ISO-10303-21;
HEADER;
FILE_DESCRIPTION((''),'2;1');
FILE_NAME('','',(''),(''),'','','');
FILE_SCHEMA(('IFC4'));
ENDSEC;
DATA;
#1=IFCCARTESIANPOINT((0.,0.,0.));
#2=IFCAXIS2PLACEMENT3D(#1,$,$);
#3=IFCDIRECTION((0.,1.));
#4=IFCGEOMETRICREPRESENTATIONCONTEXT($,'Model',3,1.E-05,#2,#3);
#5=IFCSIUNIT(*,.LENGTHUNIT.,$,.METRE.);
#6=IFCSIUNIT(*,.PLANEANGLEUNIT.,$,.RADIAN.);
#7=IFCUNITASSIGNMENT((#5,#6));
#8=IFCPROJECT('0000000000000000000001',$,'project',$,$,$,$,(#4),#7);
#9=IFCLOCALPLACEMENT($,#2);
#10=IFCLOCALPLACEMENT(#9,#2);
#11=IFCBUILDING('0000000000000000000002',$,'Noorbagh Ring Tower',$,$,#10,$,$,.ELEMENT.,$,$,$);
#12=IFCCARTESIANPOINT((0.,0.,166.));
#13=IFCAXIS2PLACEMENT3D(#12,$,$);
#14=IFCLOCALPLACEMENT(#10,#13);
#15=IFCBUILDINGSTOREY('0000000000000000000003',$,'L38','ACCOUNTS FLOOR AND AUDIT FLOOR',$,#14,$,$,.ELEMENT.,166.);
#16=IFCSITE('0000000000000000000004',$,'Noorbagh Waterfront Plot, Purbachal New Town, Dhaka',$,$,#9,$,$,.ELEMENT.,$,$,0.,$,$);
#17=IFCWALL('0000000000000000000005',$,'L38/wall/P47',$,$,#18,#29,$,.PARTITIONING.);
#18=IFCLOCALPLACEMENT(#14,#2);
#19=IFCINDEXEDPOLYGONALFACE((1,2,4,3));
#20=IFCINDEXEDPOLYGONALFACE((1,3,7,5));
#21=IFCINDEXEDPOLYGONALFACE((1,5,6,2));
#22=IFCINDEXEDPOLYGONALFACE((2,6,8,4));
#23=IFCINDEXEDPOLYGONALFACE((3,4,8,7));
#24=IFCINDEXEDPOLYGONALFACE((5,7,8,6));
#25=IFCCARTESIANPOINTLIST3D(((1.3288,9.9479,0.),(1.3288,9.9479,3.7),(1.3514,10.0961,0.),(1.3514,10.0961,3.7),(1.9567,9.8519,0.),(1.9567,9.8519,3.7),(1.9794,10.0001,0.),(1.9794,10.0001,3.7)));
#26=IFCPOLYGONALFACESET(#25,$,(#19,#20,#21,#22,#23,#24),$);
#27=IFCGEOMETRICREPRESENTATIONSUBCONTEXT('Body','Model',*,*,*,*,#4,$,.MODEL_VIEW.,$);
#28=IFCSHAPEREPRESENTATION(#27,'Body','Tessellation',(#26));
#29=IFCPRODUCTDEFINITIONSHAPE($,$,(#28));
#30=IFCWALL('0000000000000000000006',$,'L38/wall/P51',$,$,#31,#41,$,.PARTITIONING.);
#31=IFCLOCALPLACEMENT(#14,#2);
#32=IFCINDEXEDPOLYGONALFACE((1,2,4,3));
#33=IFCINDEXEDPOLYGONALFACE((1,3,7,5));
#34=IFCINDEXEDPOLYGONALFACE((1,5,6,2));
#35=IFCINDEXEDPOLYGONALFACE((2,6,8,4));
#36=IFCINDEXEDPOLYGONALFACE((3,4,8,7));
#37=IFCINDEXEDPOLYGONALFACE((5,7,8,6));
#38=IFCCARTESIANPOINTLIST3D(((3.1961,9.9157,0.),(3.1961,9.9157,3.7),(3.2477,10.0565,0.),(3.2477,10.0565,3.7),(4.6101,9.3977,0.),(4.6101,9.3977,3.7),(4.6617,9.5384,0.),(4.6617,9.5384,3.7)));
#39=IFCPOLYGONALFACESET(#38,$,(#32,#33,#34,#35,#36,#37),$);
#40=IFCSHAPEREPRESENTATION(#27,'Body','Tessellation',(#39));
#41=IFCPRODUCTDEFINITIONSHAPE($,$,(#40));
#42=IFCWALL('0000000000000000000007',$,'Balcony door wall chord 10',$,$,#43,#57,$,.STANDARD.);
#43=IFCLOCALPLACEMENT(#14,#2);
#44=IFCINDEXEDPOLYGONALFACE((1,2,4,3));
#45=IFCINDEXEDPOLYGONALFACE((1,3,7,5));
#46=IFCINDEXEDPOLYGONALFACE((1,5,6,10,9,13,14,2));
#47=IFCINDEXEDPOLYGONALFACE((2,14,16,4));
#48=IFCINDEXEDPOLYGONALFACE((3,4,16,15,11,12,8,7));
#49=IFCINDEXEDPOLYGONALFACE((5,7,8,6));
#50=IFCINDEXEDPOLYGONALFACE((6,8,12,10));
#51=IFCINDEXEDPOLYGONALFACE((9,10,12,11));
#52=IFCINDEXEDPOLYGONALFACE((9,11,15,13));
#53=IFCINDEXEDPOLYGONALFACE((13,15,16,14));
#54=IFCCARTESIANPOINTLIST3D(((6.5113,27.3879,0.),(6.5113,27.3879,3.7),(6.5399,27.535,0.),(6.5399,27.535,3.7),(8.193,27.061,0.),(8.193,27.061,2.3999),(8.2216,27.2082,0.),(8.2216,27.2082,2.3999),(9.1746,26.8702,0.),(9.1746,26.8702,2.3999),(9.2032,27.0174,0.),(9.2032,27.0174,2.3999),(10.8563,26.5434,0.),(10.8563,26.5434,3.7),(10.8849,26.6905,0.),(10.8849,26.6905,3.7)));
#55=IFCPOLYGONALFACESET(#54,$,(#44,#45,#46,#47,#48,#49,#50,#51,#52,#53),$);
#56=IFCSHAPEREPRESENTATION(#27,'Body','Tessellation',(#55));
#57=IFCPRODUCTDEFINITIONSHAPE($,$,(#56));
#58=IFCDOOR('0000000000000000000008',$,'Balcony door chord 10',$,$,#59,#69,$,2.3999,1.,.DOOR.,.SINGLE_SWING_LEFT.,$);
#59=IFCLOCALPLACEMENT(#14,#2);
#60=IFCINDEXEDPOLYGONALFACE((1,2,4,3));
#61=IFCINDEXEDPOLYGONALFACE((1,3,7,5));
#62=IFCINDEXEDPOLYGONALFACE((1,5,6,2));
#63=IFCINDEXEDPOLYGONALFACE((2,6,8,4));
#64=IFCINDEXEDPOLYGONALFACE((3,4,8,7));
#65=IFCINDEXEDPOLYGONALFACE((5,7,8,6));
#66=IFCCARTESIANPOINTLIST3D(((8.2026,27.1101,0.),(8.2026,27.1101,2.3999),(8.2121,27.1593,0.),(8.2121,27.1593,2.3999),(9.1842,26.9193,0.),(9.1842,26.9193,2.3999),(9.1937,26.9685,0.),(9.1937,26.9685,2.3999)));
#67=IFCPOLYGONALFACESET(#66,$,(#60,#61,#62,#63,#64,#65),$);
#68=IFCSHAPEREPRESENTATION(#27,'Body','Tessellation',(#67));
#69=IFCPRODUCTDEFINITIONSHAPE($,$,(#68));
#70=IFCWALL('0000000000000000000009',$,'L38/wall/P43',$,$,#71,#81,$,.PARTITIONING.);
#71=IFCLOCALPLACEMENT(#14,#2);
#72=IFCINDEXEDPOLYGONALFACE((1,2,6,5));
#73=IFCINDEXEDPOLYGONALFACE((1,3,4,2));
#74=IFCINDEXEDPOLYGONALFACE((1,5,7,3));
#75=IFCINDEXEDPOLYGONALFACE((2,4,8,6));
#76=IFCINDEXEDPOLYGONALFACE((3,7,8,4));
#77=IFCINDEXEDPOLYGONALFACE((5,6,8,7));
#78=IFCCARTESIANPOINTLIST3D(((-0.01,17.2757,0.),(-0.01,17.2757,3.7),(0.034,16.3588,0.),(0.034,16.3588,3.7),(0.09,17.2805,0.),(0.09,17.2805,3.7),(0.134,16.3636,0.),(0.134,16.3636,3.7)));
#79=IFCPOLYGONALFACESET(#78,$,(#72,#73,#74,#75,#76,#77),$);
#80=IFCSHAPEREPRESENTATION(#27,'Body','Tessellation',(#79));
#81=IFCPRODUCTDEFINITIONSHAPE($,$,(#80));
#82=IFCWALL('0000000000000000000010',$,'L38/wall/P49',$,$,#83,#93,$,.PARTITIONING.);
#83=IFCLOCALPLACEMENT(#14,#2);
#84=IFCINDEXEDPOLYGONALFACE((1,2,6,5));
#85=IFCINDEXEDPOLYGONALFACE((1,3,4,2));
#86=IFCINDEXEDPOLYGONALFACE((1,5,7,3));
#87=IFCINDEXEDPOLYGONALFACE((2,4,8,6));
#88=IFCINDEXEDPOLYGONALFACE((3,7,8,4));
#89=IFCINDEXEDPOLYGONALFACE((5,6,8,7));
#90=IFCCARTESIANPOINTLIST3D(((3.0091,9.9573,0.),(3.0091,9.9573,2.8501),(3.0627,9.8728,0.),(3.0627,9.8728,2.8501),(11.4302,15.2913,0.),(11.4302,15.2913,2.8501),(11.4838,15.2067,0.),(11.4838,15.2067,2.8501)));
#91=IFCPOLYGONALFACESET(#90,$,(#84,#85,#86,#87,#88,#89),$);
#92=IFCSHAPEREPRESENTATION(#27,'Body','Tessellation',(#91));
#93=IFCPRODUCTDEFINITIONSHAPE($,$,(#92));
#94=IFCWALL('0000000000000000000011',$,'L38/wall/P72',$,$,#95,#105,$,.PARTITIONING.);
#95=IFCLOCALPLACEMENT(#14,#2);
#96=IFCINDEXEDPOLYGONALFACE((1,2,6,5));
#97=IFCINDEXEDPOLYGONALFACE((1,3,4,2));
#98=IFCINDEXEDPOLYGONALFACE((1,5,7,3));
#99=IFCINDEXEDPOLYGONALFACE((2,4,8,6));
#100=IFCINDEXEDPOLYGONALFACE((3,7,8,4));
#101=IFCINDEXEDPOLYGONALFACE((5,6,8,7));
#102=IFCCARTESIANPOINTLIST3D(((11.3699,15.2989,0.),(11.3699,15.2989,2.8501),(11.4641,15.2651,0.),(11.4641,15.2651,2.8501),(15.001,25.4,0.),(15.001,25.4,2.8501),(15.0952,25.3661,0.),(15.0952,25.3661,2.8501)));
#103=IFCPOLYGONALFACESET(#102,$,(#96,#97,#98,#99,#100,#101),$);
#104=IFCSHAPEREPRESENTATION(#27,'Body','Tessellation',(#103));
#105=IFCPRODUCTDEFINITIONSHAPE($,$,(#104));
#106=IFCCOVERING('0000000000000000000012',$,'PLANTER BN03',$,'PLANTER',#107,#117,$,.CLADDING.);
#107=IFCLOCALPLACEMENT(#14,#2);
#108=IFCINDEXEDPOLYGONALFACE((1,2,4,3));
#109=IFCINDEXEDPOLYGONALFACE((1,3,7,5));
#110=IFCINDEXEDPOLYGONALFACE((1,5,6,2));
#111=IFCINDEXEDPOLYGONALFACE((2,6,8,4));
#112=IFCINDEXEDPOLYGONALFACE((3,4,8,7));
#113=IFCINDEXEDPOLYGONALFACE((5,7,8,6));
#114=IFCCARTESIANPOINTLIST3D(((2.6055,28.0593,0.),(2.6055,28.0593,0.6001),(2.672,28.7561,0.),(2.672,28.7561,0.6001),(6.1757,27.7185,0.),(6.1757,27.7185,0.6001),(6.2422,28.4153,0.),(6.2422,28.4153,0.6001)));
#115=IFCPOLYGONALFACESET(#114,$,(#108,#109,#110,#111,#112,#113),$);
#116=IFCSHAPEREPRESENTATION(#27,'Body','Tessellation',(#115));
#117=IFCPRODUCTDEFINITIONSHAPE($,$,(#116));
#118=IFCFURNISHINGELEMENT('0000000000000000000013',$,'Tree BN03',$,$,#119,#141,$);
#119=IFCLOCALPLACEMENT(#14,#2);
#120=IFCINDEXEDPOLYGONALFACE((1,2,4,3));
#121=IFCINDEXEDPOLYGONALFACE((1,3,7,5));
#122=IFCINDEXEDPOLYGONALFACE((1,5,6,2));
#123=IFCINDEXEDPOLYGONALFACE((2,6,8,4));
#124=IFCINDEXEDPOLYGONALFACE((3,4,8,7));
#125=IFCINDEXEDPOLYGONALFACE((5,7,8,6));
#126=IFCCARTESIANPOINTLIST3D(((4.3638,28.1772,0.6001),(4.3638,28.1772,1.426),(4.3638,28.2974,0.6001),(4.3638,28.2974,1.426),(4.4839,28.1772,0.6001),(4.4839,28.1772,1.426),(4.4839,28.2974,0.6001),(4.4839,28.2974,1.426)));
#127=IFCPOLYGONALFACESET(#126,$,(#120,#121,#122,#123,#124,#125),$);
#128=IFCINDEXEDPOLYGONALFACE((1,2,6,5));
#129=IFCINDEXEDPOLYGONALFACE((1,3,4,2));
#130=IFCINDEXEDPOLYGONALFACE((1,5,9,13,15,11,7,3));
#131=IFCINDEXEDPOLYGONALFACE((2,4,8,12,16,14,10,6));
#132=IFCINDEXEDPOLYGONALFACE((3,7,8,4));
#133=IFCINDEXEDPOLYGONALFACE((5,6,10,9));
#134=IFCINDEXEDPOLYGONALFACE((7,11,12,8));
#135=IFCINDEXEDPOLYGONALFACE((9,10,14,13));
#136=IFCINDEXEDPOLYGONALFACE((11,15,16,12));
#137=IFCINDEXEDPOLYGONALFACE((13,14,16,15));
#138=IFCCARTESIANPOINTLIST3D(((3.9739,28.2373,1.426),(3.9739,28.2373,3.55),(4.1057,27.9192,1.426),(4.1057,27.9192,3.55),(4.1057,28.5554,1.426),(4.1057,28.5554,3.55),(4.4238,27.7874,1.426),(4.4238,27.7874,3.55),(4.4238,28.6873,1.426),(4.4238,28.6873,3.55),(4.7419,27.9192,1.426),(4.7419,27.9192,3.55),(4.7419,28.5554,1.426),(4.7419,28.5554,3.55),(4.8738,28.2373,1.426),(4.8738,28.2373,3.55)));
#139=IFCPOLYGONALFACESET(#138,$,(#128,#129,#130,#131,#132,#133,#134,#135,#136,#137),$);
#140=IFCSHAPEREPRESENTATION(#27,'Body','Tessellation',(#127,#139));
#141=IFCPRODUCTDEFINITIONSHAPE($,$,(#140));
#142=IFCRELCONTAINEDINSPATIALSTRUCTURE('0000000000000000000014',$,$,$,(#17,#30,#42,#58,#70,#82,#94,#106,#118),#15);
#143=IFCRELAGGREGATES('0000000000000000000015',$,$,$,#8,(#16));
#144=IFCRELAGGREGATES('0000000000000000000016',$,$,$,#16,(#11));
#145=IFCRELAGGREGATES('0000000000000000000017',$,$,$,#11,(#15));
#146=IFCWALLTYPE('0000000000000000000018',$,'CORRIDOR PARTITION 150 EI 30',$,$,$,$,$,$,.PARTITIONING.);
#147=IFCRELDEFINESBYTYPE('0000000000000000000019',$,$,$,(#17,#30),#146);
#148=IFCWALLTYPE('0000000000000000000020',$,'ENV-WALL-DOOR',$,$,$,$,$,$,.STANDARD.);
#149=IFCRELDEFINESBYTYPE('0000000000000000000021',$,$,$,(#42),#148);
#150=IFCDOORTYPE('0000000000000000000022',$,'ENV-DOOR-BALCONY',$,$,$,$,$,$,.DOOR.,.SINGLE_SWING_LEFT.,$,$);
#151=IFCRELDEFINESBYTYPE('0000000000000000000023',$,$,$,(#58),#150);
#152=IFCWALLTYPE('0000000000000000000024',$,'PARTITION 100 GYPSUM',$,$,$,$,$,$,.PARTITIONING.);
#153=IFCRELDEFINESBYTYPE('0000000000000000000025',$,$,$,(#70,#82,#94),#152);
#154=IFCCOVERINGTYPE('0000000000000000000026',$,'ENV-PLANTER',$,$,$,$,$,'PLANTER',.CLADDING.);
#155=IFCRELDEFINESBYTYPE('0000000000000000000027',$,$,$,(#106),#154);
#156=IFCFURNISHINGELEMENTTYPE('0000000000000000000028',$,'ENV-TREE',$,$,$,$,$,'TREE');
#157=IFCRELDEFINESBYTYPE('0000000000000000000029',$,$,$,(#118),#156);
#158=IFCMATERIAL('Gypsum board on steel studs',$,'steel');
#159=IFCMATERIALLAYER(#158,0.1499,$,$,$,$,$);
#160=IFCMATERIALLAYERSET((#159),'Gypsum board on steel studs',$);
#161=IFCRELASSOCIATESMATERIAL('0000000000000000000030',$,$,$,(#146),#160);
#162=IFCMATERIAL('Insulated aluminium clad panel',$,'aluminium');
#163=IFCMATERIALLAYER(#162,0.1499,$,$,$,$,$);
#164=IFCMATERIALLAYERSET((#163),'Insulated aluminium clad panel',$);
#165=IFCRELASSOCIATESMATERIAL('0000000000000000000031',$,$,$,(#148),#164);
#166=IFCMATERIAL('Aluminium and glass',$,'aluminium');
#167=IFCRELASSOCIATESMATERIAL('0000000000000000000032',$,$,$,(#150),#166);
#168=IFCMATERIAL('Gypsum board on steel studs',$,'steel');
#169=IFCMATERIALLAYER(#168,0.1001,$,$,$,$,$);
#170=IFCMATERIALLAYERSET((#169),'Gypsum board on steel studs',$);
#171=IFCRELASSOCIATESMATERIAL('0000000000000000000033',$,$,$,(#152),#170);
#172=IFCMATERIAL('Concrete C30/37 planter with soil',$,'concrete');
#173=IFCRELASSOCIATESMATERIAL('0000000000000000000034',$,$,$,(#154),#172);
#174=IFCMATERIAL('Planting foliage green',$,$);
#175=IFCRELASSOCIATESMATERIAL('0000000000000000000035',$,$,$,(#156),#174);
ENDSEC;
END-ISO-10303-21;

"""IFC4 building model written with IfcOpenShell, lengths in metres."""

from ifc_helpers import new_model, si_unit, direction, frame, frame_2d, origin, origin_2d, place, context, subcontext, project, spatial, polyline, rectangle, outline, extrude, material, layer, layer_set, type_object, element, fill, save


model = new_model("IFC4")

# Units and contexts
model_context = context("Model", 3, precision=1e-05, world=origin(), true_north=direction((0.0, 1.0)))
body_context = subcontext(model_context, "Body", "Model", "MODEL_VIEW")
ifc_project = project(units=[si_unit("LENGTHUNIT", "METRE"), si_unit("PLANEANGLEUNIT", "RADIAN")], contexts=[model_context])

# Site, building, storey
site_placement = place(None, origin())
site = spatial("IfcSite", under=ifc_project, at=site_placement, Name="Noorbagh Waterfront Plot, Purbachal New Town, Dhaka", CompositionType="ELEMENT", RefElevation=0.0)
building_placement = place(site_placement, origin())
building = spatial("IfcBuilding", under=site, at=building_placement, Name="Noorbagh Ring Tower", CompositionType="ELEMENT")
storey_placement = place(building_placement, frame((0.0, 0.0, 166.0)))
storey = spatial("IfcBuildingStorey", under=building, at=storey_placement, Name="L38", Description="ACCOUNTS FLOOR AND AUDIT FLOOR", CompositionType="ELEMENT", Elevation=166.0)

# Walls
ifc_material_1 = material(Name="Gypsum board on steel studs", Category="steel")
ifc_layer_1 = layer(ifc_material_1, 0.1499)
ifc_layer_set_1 = layer_set([ifc_layer_1], Name="Gypsum board on steel studs")
wall_type_1 = type_object("IfcWallType", Name="CORRIDOR PARTITION 150 EI 30", PredefinedType="PARTITIONING", material=ifc_layer_set_1)
wall_1_placement = place(storey_placement, frame((1.3401, 10.022, 0.0), z_axis=(0.0, 0.0, 1.0), x_axis=(0.988527, -0.151046, 0.0)))
element("IfcWall", 1, at=wall_1_placement, inside=storey, type_object=wall_type_1, Name="L38/wall/P47", PredefinedType="PARTITIONING", context=body_context, shape_type="SweptSolid", body=[
    extrude(rectangle(XDim=0.6353, YDim=0.1499, at=frame_2d((0.3176, 0.0))), origin(), (0.0, 0.0, 1.0), 3.7),
])
wall_2_placement = place(storey_placement, frame((3.2219, 9.9861, 0.0), z_axis=(0.0, 0.0, 1.0), x_axis=(0.938967, -0.344007, 0.0)))
element("IfcWall", 2, at=wall_2_placement, inside=storey, type_object=wall_type_1, Name="L38/wall/P51", PredefinedType="PARTITIONING", context=body_context, shape_type="SweptSolid", body=[
    extrude(rectangle(XDim=1.5059, YDim=0.1499, at=frame_2d((0.7529, 0.0))), origin(), (0.0, 0.0, 1.0), 3.7),
])

# Wall, opening, door
ifc_material_2 = material(Name="Insulated aluminium clad panel", Category="aluminium")
ifc_layer_2 = layer(ifc_material_2, 0.1499)
ifc_layer_set_2 = layer_set([ifc_layer_2], Name="Insulated aluminium clad panel")
wall_type_2 = type_object("IfcWallType", Name="ENV-WALL-DOOR", PredefinedType="STANDARD", material=ifc_layer_set_2)
wall_3_placement = place(storey_placement, frame((10.8706, 26.6169, 0.0), z_axis=(0.0, 0.0, 1.0), x_axis=(-0.981631, 0.190788, 0.0)))
wall_3 = element("IfcWall", 3, at=wall_3_placement, inside=storey, type_object=wall_type_2, Name="Balcony door wall chord 10", PredefinedType="STANDARD", context=body_context, shape_type="SweptSolid", body=[
    extrude(rectangle(XDim=4.4263, YDim=0.1499, at=frame_2d((2.2131, 0.0))), origin(), (0.0, 0.0, 1.0), 3.7),
])
opening_placement = place(wall_3_placement, frame((1.7131, 0.0, 0.0)))
opening = element("IfcOpeningElement", 4, at=opening_placement, cuts=wall_3, PredefinedType="OPENING", context=body_context, shape_type="SweptSolid", body=[
    extrude(rectangle(XDim=1.0, YDim=2.3999, at=frame_2d((0.5, 1.2))), frame((0.0, 0.085, 0.0), z_axis=(0.0, -1.0, 0.0), x_axis=(1.0, 0.0, 0.0)), (0.0, 0.0, 1.0), 0.1699),
])
ifc_material_3 = material(Name="Aluminium and glass", Category="aluminium")
door_type = type_object("IfcDoorType", Name="ENV-DOOR-BALCONY", OperationType="SINGLE_SWING_LEFT", PredefinedType="DOOR", material=ifc_material_3)
door_placement = place(opening_placement, origin())
door = element("IfcDoor", 5, at=door_placement, inside=storey, type_object=door_type, Name="Balcony door chord 10", OperationType="SINGLE_SWING_LEFT", OverallHeight=2.3999, OverallWidth=1.0, PredefinedType="DOOR", context=body_context, shape_type="SweptSolid", body=[
    extrude(rectangle(XDim=1.0, YDim=2.3999, at=frame_2d((0.5, 1.2))), frame((0.0, 0.0249, 0.0), z_axis=(0.0, -1.0, 0.0), x_axis=(1.0, 0.0, 0.0)), (0.0, 0.0, 1.0), 0.05),
])
fill(opening, door)

# Walls
ifc_material_4 = material(Name="Gypsum board on steel studs", Category="steel")
ifc_layer_3 = layer(ifc_material_4, 0.1001)
ifc_layer_set_3 = layer_set([ifc_layer_3], Name="Gypsum board on steel studs")
wall_type_3 = type_object("IfcWallType", Name="PARTITION 100 GYPSUM", PredefinedType="PARTITIONING", material=ifc_layer_set_3)
wall_4_placement = place(storey_placement, frame((0.04, 17.2781, 0.0), z_axis=(0.0, 0.0, 1.0), x_axis=(0.047868, -0.998854, 0.0)))
element("IfcWall", 6, at=wall_4_placement, inside=storey, type_object=wall_type_3, Name="L38/wall/P43", PredefinedType="PARTITIONING", context=body_context, shape_type="SweptSolid", body=[
    extrude(rectangle(XDim=0.918, YDim=0.1001, at=frame_2d((0.459, 0.0))), origin(), (0.0, 0.0, 1.0), 3.7),
])
wall_5_placement = place(storey_placement, frame((3.0359, 9.915, 0.0), z_axis=(0.0, 0.0, 1.0), x_axis=(0.844792, 0.535095, 0.0)))
element("IfcWall", 7, at=wall_5_placement, inside=storey, type_object=wall_type_3, Name="L38/wall/P49", PredefinedType="PARTITIONING", context=body_context, shape_type="SweptSolid", body=[
    extrude(rectangle(XDim=9.9683, YDim=0.1001, at=frame_2d((4.9841, 0.0))), origin(), (0.0, 0.0, 1.0), 2.8501),
])
wall_6_placement = place(storey_placement, frame((11.417, 15.282, 0.0), z_axis=(0.0, 0.0, 1.0), x_axis=(0.338284, 0.941044, 0.0)))
element("IfcWall", 8, at=wall_6_placement, inside=storey, type_object=wall_type_3, Name="L38/wall/P72", PredefinedType="PARTITIONING", context=body_context, shape_type="SweptSolid", body=[
    extrude(rectangle(XDim=10.7339, YDim=0.1001, at=frame_2d((5.3669, 0.0))), origin(), (0.0, 0.0, 1.0), 2.8501),
])

# Covering
ifc_material_5 = material(Name="Concrete C30/37 planter with soil", Category="concrete")
covering_type = type_object("IfcCoveringType", Name="ENV-PLANTER", ElementType="PLANTER", PredefinedType="CLADDING", material=ifc_material_5)
covering_placement = place(storey_placement, frame((4.4238, 28.2373, 0.0), z_axis=(0.0, 0.0, 1.0), x_axis=(-0.995476, 0.095008, 0.0)))
element("IfcCovering", 9, at=covering_placement, inside=storey, type_object=covering_type, Name="PLANTER BN03", ObjectType="PLANTER", PredefinedType="CLADDING", context=body_context, shape_type="SweptSolid", body=[
    extrude(rectangle(XDim=3.5864, YDim=0.7, at=origin_2d()), origin(), (0.0, 0.0, 1.0), 0.6001),
])

# Furnishing element
ifc_material_6 = material(Name="Planting foliage green")
furnishing_element_type = type_object("IfcFurnishingElementType", Name="ENV-TREE", ElementType="TREE", material=ifc_material_6)
furnishing_placement = place(storey_placement, frame((4.4238, 28.2373, 0.6001), z_axis=(0.0, 0.0, 1.0), x_axis=(1.0, 0.0, 0.0)))
element("IfcFurnishingElement", 10, at=furnishing_placement, inside=storey, type_object=furnishing_element_type, Name="Tree BN03", context=body_context, shape_type="SweptSolid", body=[
    extrude(rectangle(XDim=0.1201, YDim=0.1201, at=origin_2d()), origin(), (0.0, 0.0, 1.0), 0.8259),
    extrude(outline(polyline([(0.45, 0.0), (0.3181, 0.3181), (0.0, 0.45), (-0.3181, 0.3181), (-0.45, 0.0), (-0.3181, -0.3181), (0.0, -0.45), (0.3181, -0.3181), (0.45, 0.0)])), frame((0.0, 0.0, 0.8259)), (0.0, 0.0, 1.0), 2.124),
])

save(model, "model.ifc")
